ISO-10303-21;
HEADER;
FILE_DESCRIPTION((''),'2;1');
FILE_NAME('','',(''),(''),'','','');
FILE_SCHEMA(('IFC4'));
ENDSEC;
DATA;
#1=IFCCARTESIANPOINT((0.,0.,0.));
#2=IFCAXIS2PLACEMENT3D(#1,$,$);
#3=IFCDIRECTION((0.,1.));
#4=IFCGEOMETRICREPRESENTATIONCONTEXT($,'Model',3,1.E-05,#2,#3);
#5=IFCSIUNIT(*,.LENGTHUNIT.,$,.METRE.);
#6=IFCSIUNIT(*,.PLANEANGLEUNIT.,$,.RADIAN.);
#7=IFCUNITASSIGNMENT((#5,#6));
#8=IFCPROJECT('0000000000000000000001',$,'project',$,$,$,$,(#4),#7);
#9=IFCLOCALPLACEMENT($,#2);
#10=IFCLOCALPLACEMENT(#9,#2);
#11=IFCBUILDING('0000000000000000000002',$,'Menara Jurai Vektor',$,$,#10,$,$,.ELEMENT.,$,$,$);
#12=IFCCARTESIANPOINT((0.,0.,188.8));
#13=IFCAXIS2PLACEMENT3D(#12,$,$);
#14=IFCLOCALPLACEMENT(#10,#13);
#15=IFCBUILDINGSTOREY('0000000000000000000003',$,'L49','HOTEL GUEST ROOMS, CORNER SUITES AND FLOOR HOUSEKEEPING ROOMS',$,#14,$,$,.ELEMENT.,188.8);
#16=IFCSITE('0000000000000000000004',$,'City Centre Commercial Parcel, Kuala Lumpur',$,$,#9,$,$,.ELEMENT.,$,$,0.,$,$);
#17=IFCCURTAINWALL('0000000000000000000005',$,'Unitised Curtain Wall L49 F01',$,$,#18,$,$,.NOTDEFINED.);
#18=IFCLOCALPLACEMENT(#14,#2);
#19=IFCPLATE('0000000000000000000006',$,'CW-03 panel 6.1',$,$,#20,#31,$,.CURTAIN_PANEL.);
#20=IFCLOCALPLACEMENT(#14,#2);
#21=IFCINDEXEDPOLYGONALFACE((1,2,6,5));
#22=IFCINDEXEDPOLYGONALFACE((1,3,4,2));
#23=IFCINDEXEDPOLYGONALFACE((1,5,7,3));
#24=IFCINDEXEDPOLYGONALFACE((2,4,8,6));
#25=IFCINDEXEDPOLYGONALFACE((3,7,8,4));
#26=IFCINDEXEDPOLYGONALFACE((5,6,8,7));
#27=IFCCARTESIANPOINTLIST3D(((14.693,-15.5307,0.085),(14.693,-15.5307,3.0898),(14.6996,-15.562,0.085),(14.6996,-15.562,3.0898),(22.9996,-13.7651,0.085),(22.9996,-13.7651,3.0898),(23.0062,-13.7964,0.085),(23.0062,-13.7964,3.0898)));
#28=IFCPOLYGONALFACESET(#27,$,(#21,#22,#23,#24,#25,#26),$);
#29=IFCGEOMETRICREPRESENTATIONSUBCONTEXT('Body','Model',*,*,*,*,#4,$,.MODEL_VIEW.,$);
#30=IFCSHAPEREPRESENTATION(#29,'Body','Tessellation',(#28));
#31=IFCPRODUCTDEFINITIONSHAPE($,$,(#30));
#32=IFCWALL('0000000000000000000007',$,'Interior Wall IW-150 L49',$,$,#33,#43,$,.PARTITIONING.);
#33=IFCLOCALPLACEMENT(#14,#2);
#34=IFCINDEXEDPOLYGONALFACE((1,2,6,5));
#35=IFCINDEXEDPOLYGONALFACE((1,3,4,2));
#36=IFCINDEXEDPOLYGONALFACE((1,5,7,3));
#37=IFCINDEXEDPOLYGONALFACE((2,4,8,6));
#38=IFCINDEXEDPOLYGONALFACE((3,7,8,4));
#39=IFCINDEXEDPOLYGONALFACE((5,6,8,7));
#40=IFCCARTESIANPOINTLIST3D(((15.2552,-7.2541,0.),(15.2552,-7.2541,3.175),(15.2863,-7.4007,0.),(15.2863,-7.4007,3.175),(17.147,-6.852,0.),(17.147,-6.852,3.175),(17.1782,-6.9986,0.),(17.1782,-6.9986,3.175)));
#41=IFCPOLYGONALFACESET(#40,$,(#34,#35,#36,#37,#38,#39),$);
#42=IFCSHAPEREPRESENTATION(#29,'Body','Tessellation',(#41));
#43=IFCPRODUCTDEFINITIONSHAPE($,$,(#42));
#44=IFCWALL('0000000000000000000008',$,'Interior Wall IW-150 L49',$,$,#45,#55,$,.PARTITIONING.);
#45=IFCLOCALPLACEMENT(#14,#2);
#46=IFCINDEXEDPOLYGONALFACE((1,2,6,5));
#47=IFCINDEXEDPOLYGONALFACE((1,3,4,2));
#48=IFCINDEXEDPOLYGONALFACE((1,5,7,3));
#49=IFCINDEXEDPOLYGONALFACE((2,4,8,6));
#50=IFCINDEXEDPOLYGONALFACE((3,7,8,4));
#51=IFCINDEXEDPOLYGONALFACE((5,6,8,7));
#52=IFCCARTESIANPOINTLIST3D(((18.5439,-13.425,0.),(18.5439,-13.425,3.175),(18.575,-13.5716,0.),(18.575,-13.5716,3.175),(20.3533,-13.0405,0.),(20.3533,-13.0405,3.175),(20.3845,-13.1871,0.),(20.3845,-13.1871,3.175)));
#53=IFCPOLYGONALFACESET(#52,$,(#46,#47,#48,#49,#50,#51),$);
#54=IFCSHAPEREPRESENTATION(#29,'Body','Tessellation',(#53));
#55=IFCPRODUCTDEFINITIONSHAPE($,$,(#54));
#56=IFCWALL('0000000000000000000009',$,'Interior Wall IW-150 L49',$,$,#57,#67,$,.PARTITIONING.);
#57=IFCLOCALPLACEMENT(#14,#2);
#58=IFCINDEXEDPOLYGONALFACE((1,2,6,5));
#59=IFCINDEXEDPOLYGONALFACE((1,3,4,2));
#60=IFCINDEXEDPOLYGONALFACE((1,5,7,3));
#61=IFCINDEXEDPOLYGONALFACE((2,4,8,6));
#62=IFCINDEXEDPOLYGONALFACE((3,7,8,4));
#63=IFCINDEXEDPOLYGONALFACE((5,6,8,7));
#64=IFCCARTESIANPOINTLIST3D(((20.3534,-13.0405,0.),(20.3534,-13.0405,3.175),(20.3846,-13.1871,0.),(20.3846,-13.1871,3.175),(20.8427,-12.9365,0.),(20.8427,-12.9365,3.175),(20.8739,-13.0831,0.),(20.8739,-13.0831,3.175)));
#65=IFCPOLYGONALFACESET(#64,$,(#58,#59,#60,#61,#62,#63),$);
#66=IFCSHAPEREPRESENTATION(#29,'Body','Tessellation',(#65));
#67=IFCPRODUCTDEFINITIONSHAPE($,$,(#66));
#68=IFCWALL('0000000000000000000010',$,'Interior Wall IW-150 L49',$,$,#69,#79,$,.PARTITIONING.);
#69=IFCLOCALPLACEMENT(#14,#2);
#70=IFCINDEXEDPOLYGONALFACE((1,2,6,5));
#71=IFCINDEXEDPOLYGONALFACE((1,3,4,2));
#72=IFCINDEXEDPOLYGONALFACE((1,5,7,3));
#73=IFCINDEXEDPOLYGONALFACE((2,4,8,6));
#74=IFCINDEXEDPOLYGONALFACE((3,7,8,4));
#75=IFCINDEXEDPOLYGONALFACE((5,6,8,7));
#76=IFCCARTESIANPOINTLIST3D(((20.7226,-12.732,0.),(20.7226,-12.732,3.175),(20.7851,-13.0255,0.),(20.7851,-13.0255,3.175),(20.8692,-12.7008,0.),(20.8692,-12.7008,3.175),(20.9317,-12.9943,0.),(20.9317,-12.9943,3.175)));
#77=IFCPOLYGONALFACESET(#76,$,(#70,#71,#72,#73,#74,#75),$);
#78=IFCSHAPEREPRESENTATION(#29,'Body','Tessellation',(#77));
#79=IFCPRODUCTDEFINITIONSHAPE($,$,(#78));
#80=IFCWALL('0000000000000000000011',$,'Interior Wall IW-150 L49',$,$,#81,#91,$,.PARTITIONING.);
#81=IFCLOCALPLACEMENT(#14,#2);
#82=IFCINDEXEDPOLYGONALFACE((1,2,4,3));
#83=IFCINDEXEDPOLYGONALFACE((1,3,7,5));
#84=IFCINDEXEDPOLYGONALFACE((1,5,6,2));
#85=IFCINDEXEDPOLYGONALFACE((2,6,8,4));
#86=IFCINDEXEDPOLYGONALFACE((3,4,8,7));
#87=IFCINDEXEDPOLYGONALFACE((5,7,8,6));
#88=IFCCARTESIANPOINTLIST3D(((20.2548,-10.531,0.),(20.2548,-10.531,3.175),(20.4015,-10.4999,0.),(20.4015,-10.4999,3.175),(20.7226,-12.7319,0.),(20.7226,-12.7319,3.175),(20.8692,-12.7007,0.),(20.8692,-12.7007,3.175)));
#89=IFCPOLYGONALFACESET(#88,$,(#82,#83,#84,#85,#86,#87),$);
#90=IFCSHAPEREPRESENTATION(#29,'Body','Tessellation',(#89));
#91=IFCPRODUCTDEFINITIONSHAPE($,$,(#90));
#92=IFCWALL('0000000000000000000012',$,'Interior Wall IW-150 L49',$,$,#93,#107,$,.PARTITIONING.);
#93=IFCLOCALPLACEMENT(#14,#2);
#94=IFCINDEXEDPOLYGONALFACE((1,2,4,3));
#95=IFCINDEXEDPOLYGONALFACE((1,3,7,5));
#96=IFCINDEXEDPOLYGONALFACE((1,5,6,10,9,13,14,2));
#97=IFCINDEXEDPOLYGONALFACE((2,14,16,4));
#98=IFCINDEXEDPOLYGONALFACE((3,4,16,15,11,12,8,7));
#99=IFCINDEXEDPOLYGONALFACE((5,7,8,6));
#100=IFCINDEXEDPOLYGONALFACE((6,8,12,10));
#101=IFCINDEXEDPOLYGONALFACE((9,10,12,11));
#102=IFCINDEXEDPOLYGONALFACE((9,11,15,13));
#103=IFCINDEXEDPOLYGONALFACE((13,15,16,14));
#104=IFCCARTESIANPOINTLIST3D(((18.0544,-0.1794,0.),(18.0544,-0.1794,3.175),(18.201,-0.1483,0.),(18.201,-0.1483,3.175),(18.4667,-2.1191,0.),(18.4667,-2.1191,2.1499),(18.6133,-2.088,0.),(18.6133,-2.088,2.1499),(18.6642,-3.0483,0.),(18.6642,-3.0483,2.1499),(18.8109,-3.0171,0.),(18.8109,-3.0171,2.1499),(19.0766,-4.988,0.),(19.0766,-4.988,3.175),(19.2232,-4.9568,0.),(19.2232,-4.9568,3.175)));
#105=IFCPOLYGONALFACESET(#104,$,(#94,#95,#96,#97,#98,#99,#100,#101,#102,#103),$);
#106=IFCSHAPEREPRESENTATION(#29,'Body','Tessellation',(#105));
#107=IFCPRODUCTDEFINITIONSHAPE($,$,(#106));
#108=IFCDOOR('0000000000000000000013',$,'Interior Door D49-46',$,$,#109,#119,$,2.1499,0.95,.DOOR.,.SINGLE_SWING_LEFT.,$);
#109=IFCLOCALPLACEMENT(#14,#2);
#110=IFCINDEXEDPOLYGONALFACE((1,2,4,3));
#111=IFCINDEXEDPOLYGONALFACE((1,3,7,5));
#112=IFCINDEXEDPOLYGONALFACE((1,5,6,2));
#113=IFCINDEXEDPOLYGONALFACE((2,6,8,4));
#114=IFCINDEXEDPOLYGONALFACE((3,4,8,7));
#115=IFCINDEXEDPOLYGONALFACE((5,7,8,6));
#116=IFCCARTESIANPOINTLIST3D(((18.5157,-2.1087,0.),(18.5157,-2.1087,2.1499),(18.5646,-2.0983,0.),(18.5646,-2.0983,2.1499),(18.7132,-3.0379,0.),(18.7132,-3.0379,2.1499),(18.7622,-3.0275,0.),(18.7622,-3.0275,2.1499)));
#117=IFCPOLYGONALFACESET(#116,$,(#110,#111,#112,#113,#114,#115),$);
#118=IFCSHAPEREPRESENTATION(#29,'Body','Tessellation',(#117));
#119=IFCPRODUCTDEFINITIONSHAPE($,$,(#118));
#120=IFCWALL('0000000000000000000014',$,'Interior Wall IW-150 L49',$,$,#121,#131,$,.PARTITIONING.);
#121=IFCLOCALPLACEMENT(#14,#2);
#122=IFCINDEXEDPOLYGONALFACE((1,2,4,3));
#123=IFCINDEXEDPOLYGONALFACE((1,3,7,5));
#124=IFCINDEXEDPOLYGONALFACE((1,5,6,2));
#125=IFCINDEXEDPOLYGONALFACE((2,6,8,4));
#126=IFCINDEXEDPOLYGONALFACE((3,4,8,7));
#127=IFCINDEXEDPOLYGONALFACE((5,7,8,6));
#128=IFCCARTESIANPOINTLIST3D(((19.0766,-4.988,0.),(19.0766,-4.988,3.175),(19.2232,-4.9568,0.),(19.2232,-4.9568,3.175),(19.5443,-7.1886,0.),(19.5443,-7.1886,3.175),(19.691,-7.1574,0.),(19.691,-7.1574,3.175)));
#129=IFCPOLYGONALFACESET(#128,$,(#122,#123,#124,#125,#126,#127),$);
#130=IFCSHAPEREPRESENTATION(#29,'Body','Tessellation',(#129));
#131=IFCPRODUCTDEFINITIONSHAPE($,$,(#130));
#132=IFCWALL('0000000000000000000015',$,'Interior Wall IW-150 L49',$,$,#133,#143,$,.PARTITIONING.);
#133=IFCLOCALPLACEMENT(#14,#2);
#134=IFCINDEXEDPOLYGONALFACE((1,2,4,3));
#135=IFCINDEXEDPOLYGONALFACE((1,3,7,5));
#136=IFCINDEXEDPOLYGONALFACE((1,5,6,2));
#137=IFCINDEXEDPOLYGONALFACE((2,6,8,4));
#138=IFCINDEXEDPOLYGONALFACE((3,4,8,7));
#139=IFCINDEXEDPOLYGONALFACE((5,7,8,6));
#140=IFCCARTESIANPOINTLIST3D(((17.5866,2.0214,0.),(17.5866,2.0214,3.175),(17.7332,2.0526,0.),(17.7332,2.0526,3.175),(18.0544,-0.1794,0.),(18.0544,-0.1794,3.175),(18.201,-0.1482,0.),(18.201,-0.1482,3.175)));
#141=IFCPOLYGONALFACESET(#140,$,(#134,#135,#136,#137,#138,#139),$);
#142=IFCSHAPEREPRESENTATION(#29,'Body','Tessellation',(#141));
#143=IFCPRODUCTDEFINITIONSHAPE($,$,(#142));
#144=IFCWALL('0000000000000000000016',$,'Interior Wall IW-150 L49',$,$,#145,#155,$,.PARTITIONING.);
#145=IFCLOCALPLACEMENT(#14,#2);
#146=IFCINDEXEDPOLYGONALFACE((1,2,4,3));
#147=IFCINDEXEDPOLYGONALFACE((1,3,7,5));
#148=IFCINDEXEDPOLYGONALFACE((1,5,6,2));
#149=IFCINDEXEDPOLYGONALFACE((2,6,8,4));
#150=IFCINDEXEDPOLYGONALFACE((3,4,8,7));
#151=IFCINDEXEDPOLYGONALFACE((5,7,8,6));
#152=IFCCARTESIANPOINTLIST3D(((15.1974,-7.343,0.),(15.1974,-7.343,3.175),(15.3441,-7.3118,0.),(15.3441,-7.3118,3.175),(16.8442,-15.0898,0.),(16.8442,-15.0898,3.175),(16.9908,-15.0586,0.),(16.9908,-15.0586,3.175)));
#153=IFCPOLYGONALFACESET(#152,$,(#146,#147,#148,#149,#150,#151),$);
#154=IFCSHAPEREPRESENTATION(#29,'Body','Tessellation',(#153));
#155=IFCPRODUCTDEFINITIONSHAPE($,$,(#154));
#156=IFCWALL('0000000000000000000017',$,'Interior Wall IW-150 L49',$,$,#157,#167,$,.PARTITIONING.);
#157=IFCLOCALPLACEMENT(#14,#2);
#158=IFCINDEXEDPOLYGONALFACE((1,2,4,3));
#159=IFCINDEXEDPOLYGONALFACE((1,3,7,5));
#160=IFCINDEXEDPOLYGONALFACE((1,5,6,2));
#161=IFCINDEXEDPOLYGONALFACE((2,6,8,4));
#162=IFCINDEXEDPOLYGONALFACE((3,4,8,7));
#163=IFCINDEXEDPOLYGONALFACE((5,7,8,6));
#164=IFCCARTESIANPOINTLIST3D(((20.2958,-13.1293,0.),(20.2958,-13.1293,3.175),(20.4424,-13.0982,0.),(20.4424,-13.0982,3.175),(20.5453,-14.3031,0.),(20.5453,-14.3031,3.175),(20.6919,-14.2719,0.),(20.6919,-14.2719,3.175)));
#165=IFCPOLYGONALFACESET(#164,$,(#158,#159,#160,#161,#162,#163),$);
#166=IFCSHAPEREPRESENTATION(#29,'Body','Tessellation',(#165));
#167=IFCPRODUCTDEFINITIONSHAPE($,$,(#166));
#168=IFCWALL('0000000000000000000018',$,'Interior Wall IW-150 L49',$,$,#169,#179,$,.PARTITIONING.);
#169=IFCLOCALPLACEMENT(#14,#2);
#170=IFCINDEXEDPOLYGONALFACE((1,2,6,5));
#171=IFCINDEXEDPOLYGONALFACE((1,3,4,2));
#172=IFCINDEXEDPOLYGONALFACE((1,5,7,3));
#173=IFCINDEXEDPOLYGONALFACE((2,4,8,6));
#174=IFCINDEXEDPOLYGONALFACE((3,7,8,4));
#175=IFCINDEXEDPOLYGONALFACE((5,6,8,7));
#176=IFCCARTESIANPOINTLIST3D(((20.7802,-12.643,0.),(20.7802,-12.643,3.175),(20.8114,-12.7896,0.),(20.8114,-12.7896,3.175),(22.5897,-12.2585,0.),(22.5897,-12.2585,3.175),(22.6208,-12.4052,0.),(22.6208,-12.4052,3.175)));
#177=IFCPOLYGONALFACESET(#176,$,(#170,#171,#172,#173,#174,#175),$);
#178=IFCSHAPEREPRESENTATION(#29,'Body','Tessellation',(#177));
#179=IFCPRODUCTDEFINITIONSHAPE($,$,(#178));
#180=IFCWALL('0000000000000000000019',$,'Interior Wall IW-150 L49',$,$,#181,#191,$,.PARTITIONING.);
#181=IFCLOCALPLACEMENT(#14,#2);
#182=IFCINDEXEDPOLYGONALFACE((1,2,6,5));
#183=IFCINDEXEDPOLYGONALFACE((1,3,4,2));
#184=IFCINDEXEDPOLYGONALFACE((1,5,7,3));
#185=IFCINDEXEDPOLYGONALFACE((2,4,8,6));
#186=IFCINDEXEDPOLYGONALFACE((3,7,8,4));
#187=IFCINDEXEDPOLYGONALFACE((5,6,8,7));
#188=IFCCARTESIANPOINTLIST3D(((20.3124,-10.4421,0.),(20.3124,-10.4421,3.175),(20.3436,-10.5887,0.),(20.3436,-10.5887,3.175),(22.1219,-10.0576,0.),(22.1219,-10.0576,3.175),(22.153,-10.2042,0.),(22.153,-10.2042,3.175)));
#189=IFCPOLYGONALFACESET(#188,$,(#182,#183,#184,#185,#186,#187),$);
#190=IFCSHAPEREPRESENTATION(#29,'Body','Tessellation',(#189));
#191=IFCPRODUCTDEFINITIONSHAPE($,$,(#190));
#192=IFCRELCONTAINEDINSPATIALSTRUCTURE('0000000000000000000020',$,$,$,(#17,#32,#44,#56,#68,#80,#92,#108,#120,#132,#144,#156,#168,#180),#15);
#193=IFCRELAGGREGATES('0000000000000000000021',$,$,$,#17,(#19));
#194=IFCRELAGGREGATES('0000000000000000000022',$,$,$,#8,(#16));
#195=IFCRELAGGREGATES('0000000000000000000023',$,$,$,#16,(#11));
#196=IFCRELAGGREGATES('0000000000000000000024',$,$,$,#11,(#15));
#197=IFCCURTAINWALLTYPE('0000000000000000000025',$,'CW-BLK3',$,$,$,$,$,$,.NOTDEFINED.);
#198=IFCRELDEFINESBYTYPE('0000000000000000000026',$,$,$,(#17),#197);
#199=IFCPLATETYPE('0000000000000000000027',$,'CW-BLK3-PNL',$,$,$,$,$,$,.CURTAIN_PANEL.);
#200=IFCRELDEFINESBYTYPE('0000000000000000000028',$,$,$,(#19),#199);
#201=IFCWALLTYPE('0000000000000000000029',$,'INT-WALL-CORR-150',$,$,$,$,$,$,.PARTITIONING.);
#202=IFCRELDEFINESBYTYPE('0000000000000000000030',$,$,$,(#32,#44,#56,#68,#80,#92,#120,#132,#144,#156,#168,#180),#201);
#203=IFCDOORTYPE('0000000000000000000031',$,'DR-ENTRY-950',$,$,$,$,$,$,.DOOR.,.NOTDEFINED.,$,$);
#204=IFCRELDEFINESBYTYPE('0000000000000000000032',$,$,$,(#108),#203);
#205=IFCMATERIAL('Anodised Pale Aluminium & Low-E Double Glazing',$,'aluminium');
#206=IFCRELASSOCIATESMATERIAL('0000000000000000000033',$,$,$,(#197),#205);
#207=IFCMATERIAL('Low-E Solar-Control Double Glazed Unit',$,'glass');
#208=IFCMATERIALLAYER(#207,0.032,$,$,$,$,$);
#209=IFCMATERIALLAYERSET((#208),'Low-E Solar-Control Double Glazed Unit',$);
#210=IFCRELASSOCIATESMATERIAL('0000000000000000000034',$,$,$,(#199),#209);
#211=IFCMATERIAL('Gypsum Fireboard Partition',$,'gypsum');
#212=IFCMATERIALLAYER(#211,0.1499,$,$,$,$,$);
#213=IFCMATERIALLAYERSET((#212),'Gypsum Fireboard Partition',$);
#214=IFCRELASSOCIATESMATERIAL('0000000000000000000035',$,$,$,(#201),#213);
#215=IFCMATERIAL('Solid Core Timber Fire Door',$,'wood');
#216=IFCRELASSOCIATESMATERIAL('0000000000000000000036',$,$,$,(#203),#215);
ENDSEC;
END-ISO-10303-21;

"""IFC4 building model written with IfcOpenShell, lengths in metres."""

from ifc_helpers import new_model, si_unit, direction, frame, frame_2d, origin, origin_2d, place, context, subcontext, project, spatial, rectangle, extrude, material, layer, layer_set, type_object, element, fill, aggregate, save


model = new_model("IFC4")

# Units and contexts
model_context = context("Model", 3, precision=1e-05, world=origin(), true_north=direction((0.0, 1.0)))
body_context = subcontext(model_context, "Body", "Model", "MODEL_VIEW")
ifc_project = project(units=[si_unit("LENGTHUNIT", "METRE"), si_unit("PLANEANGLEUNIT", "RADIAN")], contexts=[model_context])

# Site, building, storey
site_placement = place(None, origin())
site = spatial("IfcSite", under=ifc_project, at=site_placement, Name="City Centre Commercial Parcel, Kuala Lumpur", CompositionType="ELEMENT", RefElevation=0.0)
building_placement = place(site_placement, origin())
building = spatial("IfcBuilding", under=site, at=building_placement, Name="Menara Jurai Vektor", CompositionType="ELEMENT")
storey_placement = place(building_placement, frame((0.0, 0.0, 188.8)))
storey = spatial("IfcBuildingStorey", under=building, at=storey_placement, Name="L49", Description="HOTEL GUEST ROOMS, CORNER SUITES AND FLOOR HOUSEKEEPING ROOMS", CompositionType="ELEMENT", Elevation=188.8)

# Curtain wall
ifc_material_1 = material(Name="Anodised Pale Aluminium & Low-E Double Glazing", Category="aluminium")
curtain_wall_type = type_object("IfcCurtainWallType", Name="CW-BLK3", PredefinedType="NOTDEFINED", material=ifc_material_1)
curtain_wall_placement = place(storey_placement, origin())
curtain_wall = element("IfcCurtainWall", 1, at=curtain_wall_placement, inside=storey, type_object=curtain_wall_type, Name="Unitised Curtain Wall L49 F01", PredefinedType="NOTDEFINED")

# Plate
ifc_material_2 = material(Name="Low-E Solar-Control Double Glazed Unit", Category="glass")
ifc_layer_1 = layer(ifc_material_2, 0.032)
ifc_layer_set_1 = layer_set([ifc_layer_1], Name="Low-E Solar-Control Double Glazed Unit")
plate_type = type_object("IfcPlateType", Name="CW-BLK3-PNL", PredefinedType="CURTAIN_PANEL", material=ifc_layer_set_1)
plate_placement = place(storey_placement, frame((18.8496, -14.6636, 0.085), z_axis=(0.0, 0.0, 1.0), x_axis=(0.978148, 0.207911, 0.0)))
plate = element("IfcPlate", 2, at=plate_placement, type_object=plate_type, Name="CW-03 panel 6.1", PredefinedType="CURTAIN_PANEL", context=body_context, shape_type="SweptSolid", body=[
    extrude(rectangle(XDim=8.4922, YDim=0.032, at=origin_2d()), origin(), (0.0, 0.0, 1.0), 3.0049),
])
aggregate(curtain_wall, [plate])

# Walls
ifc_material_3 = material(Name="Gypsum Fireboard Partition", Category="gypsum")
ifc_layer_2 = layer(ifc_material_3, 0.1499)
ifc_layer_set_2 = layer_set([ifc_layer_2], Name="Gypsum Fireboard Partition")
wall_type_1 = type_object("IfcWallType", Name="INT-WALL-CORR-150", PredefinedType="PARTITIONING", material=ifc_layer_set_2)
wall_1_placement = place(storey_placement, frame((15.2708, -7.3274, 0.0), z_axis=(0.0, 0.0, 1.0), x_axis=(0.97815, 0.2079, 0.0)))
element("IfcWall", 3, at=wall_1_placement, inside=storey, type_object=wall_type_1, Name="Interior Wall IW-150 L49", PredefinedType="PARTITIONING", context=body_context, shape_type="SweptSolid", body=[
    extrude(rectangle(XDim=1.9341, YDim=0.1499, at=frame_2d((0.967, 0.0))), origin(), (0.0, 0.0, 1.0), 3.175),
])
wall_2_placement = place(storey_placement, frame((18.5596, -13.4983, 0.0), z_axis=(0.0, 0.0, 1.0), x_axis=(0.97816, 0.207852, 0.0)))
element("IfcWall", 4, at=wall_2_placement, inside=storey, type_object=wall_type_1, Name="Interior Wall IW-150 L49", PredefinedType="PARTITIONING", context=body_context, shape_type="SweptSolid", body=[
    extrude(rectangle(XDim=1.8499, YDim=0.1499, at=frame_2d((0.9248, 0.0))), origin(), (0.0, 0.0, 1.0), 3.175),
])
wall_3_placement = place(storey_placement, frame((20.3691, -13.1138, 0.0), z_axis=(0.0, 0.0, 1.0), x_axis=(0.978144, 0.207929, 0.0)))
element("IfcWall", 5, at=wall_3_placement, inside=storey, type_object=wall_type_1, Name="Interior Wall IW-150 L49", PredefinedType="PARTITIONING", context=body_context, shape_type="SweptSolid", body=[
    extrude(rectangle(XDim=0.5002, YDim=0.1499, at=frame_2d((0.25, 0.0))), origin(), (0.0, 0.0, 1.0), 3.175),
])
wall_4_placement = place(storey_placement, frame((20.8584, -13.0098, 0.0), z_axis=(0.0, 0.0, 1.0), x_axis=(-0.208306, 0.978064, 0.0)))
element("IfcWall", 6, at=wall_4_placement, inside=storey, type_object=wall_type_1, Name="Interior Wall IW-150 L49", PredefinedType="PARTITIONING", context=body_context, shape_type="SweptSolid", body=[
    extrude(rectangle(XDim=0.3, YDim=0.1499, at=frame_2d((0.1499, 0.0))), origin(), (0.0, 0.0, 1.0), 3.175),
])

# Shared definitions
ifc_material_4 = material(Name="Solid Core Timber Fire Door", Category="wood")
door_type = type_object("IfcDoorType", Name="DR-ENTRY-950", OperationType="NOTDEFINED", PredefinedType="DOOR", material=ifc_material_4)

# Wall
wall_5_placement = place(storey_placement, frame((20.7959, -12.7163, 0.0), z_axis=(0.0, 0.0, 1.0), x_axis=(-0.207891, 0.978152, 0.0)))
element("IfcWall", 7, at=wall_5_placement, inside=storey, type_object=wall_type_1, Name="Interior Wall IW-150 L49", PredefinedType="PARTITIONING", context=body_context, shape_type="SweptSolid", body=[
    extrude(rectangle(XDim=2.25, YDim=0.1499, at=frame_2d((1.125, 0.0))), origin(), (0.0, 0.0, 1.0), 3.175),
])

# Wall, opening, door
wall_6_placement = place(storey_placement, frame((19.1499, -4.9724, 0.0), z_axis=(0.0, 0.0, 1.0), x_axis=(-0.207935, 0.978143, 0.0)))
wall_6 = element("IfcWall", 8, at=wall_6_placement, inside=storey, type_object=wall_type_1, Name="Interior Wall IW-150 L49", PredefinedType="PARTITIONING", context=body_context, shape_type="SweptSolid", body=[
    extrude(rectangle(XDim=4.916, YDim=0.1499, at=frame_2d((2.458, 0.0))), origin(), (0.0, 0.0, 1.0), 3.175),
])
opening_1_placement = place(wall_6_placement, frame((1.9829, 0.0, 0.0)))
opening_1 = element("IfcOpeningElement", 9, at=opening_1_placement, cuts=wall_6, PredefinedType="OPENING", context=body_context, shape_type="SweptSolid", body=[
    extrude(rectangle(XDim=0.95, YDim=2.1499, at=frame_2d((0.4751, 1.075))), frame((0.0, 0.085, 0.0), z_axis=(0.0, -1.0, 0.0), x_axis=(1.0, 0.0, 0.0)), (0.0, 0.0, 1.0), 0.1699),
])
door_1_placement = place(opening_1_placement, origin())
door_1 = element("IfcDoor", 10, at=door_1_placement, inside=storey, type_object=door_type, Name="Interior Door D49-46", OperationType="SINGLE_SWING_LEFT", OverallHeight=2.1499, OverallWidth=0.95, PredefinedType="DOOR", context=body_context, shape_type="SweptSolid", body=[
    extrude(rectangle(XDim=0.95, YDim=2.1499, at=frame_2d((0.4751, 1.075))), frame((0.0, 0.0249, 0.0), z_axis=(0.0, -1.0, 0.0), x_axis=(1.0, 0.0, 0.0)), (0.0, 0.0, 1.0), 0.05),
])
fill(opening_1, door_1)

# Walls
wall_7_placement = place(storey_placement, frame((19.6177, -7.1731, 0.0), z_axis=(0.0, 0.0, 1.0), x_axis=(-0.207913, 0.978147, 0.0)))
element("IfcWall", 11, at=wall_7_placement, inside=storey, type_object=wall_type_1, Name="Interior Wall IW-150 L49", PredefinedType="PARTITIONING", context=body_context, shape_type="SweptSolid", body=[
    extrude(rectangle(XDim=2.2498, YDim=0.1499, at=frame_2d((1.125, 0.0))), origin(), (0.0, 0.0, 1.0), 3.175),
])
wall_8_placement = place(storey_placement, frame((18.1277, -0.1638, 0.0), z_axis=(0.0, 0.0, 1.0), x_axis=(-0.207891, 0.978152, 0.0)))
element("IfcWall", 12, at=wall_8_placement, inside=storey, type_object=wall_type_1, Name="Interior Wall IW-150 L49", PredefinedType="PARTITIONING", context=body_context, shape_type="SweptSolid", body=[
    extrude(rectangle(XDim=2.25, YDim=0.1499, at=frame_2d((1.125, 0.0))), origin(), (0.0, 0.0, 1.0), 3.175),
])
wall_9_placement = place(storey_placement, frame((16.9175, -15.0742, 0.0), z_axis=(0.0, 0.0, 1.0), x_axis=(-0.207923, 0.978145, 0.0)))
element("IfcWall", 13, at=wall_9_placement, inside=storey, type_object=wall_type_1, Name="Interior Wall IW-150 L49", PredefinedType="PARTITIONING", context=body_context, shape_type="SweptSolid", body=[
    extrude(rectangle(XDim=7.9199, YDim=0.1499, at=frame_2d((3.96, 0.0))), origin(), (0.0, 0.0, 1.0), 3.175),
])
wall_10_placement = place(storey_placement, frame((20.6187, -14.2876, 0.0), z_axis=(0.0, 0.0, 1.0), x_axis=(-0.207917, 0.978146, 0.0)))
element("IfcWall", 14, at=wall_10_placement, inside=storey, type_object=wall_type_1, Name="Interior Wall IW-150 L49", PredefinedType="PARTITIONING", context=body_context, shape_type="SweptSolid", body=[
    extrude(rectangle(XDim=1.2, YDim=0.1499, at=frame_2d((0.6001, 0.0))), origin(), (0.0, 0.0, 1.0), 3.175),
])
for number, where, z_axis, x_axis, name in (
    (15, (20.7959, -12.7163, 0.0), (0.0, 0.0, 1.0), (0.97816, 0.207852, 0.0), "Interior Wall IW-150 L49"),
    (16, (20.3281, -10.5154, 0.0), (0.0, 0.0, 1.0), (0.97816, 0.207852, 0.0), "Interior Wall IW-150 L49"),
):
    element("IfcWall", number, at=place(storey_placement, frame(where, z_axis=z_axis, x_axis=x_axis)), inside=storey, type_object=wall_type_1, Name=name, PredefinedType="PARTITIONING", context=body_context, shape_type="SweptSolid", body=[
        extrude(rectangle(XDim=1.8499, YDim=0.1499, at=frame_2d((0.9248, 0.0))), origin(), (0.0, 0.0, 1.0), 3.175),
    ])

save(model, "model.ifc")
